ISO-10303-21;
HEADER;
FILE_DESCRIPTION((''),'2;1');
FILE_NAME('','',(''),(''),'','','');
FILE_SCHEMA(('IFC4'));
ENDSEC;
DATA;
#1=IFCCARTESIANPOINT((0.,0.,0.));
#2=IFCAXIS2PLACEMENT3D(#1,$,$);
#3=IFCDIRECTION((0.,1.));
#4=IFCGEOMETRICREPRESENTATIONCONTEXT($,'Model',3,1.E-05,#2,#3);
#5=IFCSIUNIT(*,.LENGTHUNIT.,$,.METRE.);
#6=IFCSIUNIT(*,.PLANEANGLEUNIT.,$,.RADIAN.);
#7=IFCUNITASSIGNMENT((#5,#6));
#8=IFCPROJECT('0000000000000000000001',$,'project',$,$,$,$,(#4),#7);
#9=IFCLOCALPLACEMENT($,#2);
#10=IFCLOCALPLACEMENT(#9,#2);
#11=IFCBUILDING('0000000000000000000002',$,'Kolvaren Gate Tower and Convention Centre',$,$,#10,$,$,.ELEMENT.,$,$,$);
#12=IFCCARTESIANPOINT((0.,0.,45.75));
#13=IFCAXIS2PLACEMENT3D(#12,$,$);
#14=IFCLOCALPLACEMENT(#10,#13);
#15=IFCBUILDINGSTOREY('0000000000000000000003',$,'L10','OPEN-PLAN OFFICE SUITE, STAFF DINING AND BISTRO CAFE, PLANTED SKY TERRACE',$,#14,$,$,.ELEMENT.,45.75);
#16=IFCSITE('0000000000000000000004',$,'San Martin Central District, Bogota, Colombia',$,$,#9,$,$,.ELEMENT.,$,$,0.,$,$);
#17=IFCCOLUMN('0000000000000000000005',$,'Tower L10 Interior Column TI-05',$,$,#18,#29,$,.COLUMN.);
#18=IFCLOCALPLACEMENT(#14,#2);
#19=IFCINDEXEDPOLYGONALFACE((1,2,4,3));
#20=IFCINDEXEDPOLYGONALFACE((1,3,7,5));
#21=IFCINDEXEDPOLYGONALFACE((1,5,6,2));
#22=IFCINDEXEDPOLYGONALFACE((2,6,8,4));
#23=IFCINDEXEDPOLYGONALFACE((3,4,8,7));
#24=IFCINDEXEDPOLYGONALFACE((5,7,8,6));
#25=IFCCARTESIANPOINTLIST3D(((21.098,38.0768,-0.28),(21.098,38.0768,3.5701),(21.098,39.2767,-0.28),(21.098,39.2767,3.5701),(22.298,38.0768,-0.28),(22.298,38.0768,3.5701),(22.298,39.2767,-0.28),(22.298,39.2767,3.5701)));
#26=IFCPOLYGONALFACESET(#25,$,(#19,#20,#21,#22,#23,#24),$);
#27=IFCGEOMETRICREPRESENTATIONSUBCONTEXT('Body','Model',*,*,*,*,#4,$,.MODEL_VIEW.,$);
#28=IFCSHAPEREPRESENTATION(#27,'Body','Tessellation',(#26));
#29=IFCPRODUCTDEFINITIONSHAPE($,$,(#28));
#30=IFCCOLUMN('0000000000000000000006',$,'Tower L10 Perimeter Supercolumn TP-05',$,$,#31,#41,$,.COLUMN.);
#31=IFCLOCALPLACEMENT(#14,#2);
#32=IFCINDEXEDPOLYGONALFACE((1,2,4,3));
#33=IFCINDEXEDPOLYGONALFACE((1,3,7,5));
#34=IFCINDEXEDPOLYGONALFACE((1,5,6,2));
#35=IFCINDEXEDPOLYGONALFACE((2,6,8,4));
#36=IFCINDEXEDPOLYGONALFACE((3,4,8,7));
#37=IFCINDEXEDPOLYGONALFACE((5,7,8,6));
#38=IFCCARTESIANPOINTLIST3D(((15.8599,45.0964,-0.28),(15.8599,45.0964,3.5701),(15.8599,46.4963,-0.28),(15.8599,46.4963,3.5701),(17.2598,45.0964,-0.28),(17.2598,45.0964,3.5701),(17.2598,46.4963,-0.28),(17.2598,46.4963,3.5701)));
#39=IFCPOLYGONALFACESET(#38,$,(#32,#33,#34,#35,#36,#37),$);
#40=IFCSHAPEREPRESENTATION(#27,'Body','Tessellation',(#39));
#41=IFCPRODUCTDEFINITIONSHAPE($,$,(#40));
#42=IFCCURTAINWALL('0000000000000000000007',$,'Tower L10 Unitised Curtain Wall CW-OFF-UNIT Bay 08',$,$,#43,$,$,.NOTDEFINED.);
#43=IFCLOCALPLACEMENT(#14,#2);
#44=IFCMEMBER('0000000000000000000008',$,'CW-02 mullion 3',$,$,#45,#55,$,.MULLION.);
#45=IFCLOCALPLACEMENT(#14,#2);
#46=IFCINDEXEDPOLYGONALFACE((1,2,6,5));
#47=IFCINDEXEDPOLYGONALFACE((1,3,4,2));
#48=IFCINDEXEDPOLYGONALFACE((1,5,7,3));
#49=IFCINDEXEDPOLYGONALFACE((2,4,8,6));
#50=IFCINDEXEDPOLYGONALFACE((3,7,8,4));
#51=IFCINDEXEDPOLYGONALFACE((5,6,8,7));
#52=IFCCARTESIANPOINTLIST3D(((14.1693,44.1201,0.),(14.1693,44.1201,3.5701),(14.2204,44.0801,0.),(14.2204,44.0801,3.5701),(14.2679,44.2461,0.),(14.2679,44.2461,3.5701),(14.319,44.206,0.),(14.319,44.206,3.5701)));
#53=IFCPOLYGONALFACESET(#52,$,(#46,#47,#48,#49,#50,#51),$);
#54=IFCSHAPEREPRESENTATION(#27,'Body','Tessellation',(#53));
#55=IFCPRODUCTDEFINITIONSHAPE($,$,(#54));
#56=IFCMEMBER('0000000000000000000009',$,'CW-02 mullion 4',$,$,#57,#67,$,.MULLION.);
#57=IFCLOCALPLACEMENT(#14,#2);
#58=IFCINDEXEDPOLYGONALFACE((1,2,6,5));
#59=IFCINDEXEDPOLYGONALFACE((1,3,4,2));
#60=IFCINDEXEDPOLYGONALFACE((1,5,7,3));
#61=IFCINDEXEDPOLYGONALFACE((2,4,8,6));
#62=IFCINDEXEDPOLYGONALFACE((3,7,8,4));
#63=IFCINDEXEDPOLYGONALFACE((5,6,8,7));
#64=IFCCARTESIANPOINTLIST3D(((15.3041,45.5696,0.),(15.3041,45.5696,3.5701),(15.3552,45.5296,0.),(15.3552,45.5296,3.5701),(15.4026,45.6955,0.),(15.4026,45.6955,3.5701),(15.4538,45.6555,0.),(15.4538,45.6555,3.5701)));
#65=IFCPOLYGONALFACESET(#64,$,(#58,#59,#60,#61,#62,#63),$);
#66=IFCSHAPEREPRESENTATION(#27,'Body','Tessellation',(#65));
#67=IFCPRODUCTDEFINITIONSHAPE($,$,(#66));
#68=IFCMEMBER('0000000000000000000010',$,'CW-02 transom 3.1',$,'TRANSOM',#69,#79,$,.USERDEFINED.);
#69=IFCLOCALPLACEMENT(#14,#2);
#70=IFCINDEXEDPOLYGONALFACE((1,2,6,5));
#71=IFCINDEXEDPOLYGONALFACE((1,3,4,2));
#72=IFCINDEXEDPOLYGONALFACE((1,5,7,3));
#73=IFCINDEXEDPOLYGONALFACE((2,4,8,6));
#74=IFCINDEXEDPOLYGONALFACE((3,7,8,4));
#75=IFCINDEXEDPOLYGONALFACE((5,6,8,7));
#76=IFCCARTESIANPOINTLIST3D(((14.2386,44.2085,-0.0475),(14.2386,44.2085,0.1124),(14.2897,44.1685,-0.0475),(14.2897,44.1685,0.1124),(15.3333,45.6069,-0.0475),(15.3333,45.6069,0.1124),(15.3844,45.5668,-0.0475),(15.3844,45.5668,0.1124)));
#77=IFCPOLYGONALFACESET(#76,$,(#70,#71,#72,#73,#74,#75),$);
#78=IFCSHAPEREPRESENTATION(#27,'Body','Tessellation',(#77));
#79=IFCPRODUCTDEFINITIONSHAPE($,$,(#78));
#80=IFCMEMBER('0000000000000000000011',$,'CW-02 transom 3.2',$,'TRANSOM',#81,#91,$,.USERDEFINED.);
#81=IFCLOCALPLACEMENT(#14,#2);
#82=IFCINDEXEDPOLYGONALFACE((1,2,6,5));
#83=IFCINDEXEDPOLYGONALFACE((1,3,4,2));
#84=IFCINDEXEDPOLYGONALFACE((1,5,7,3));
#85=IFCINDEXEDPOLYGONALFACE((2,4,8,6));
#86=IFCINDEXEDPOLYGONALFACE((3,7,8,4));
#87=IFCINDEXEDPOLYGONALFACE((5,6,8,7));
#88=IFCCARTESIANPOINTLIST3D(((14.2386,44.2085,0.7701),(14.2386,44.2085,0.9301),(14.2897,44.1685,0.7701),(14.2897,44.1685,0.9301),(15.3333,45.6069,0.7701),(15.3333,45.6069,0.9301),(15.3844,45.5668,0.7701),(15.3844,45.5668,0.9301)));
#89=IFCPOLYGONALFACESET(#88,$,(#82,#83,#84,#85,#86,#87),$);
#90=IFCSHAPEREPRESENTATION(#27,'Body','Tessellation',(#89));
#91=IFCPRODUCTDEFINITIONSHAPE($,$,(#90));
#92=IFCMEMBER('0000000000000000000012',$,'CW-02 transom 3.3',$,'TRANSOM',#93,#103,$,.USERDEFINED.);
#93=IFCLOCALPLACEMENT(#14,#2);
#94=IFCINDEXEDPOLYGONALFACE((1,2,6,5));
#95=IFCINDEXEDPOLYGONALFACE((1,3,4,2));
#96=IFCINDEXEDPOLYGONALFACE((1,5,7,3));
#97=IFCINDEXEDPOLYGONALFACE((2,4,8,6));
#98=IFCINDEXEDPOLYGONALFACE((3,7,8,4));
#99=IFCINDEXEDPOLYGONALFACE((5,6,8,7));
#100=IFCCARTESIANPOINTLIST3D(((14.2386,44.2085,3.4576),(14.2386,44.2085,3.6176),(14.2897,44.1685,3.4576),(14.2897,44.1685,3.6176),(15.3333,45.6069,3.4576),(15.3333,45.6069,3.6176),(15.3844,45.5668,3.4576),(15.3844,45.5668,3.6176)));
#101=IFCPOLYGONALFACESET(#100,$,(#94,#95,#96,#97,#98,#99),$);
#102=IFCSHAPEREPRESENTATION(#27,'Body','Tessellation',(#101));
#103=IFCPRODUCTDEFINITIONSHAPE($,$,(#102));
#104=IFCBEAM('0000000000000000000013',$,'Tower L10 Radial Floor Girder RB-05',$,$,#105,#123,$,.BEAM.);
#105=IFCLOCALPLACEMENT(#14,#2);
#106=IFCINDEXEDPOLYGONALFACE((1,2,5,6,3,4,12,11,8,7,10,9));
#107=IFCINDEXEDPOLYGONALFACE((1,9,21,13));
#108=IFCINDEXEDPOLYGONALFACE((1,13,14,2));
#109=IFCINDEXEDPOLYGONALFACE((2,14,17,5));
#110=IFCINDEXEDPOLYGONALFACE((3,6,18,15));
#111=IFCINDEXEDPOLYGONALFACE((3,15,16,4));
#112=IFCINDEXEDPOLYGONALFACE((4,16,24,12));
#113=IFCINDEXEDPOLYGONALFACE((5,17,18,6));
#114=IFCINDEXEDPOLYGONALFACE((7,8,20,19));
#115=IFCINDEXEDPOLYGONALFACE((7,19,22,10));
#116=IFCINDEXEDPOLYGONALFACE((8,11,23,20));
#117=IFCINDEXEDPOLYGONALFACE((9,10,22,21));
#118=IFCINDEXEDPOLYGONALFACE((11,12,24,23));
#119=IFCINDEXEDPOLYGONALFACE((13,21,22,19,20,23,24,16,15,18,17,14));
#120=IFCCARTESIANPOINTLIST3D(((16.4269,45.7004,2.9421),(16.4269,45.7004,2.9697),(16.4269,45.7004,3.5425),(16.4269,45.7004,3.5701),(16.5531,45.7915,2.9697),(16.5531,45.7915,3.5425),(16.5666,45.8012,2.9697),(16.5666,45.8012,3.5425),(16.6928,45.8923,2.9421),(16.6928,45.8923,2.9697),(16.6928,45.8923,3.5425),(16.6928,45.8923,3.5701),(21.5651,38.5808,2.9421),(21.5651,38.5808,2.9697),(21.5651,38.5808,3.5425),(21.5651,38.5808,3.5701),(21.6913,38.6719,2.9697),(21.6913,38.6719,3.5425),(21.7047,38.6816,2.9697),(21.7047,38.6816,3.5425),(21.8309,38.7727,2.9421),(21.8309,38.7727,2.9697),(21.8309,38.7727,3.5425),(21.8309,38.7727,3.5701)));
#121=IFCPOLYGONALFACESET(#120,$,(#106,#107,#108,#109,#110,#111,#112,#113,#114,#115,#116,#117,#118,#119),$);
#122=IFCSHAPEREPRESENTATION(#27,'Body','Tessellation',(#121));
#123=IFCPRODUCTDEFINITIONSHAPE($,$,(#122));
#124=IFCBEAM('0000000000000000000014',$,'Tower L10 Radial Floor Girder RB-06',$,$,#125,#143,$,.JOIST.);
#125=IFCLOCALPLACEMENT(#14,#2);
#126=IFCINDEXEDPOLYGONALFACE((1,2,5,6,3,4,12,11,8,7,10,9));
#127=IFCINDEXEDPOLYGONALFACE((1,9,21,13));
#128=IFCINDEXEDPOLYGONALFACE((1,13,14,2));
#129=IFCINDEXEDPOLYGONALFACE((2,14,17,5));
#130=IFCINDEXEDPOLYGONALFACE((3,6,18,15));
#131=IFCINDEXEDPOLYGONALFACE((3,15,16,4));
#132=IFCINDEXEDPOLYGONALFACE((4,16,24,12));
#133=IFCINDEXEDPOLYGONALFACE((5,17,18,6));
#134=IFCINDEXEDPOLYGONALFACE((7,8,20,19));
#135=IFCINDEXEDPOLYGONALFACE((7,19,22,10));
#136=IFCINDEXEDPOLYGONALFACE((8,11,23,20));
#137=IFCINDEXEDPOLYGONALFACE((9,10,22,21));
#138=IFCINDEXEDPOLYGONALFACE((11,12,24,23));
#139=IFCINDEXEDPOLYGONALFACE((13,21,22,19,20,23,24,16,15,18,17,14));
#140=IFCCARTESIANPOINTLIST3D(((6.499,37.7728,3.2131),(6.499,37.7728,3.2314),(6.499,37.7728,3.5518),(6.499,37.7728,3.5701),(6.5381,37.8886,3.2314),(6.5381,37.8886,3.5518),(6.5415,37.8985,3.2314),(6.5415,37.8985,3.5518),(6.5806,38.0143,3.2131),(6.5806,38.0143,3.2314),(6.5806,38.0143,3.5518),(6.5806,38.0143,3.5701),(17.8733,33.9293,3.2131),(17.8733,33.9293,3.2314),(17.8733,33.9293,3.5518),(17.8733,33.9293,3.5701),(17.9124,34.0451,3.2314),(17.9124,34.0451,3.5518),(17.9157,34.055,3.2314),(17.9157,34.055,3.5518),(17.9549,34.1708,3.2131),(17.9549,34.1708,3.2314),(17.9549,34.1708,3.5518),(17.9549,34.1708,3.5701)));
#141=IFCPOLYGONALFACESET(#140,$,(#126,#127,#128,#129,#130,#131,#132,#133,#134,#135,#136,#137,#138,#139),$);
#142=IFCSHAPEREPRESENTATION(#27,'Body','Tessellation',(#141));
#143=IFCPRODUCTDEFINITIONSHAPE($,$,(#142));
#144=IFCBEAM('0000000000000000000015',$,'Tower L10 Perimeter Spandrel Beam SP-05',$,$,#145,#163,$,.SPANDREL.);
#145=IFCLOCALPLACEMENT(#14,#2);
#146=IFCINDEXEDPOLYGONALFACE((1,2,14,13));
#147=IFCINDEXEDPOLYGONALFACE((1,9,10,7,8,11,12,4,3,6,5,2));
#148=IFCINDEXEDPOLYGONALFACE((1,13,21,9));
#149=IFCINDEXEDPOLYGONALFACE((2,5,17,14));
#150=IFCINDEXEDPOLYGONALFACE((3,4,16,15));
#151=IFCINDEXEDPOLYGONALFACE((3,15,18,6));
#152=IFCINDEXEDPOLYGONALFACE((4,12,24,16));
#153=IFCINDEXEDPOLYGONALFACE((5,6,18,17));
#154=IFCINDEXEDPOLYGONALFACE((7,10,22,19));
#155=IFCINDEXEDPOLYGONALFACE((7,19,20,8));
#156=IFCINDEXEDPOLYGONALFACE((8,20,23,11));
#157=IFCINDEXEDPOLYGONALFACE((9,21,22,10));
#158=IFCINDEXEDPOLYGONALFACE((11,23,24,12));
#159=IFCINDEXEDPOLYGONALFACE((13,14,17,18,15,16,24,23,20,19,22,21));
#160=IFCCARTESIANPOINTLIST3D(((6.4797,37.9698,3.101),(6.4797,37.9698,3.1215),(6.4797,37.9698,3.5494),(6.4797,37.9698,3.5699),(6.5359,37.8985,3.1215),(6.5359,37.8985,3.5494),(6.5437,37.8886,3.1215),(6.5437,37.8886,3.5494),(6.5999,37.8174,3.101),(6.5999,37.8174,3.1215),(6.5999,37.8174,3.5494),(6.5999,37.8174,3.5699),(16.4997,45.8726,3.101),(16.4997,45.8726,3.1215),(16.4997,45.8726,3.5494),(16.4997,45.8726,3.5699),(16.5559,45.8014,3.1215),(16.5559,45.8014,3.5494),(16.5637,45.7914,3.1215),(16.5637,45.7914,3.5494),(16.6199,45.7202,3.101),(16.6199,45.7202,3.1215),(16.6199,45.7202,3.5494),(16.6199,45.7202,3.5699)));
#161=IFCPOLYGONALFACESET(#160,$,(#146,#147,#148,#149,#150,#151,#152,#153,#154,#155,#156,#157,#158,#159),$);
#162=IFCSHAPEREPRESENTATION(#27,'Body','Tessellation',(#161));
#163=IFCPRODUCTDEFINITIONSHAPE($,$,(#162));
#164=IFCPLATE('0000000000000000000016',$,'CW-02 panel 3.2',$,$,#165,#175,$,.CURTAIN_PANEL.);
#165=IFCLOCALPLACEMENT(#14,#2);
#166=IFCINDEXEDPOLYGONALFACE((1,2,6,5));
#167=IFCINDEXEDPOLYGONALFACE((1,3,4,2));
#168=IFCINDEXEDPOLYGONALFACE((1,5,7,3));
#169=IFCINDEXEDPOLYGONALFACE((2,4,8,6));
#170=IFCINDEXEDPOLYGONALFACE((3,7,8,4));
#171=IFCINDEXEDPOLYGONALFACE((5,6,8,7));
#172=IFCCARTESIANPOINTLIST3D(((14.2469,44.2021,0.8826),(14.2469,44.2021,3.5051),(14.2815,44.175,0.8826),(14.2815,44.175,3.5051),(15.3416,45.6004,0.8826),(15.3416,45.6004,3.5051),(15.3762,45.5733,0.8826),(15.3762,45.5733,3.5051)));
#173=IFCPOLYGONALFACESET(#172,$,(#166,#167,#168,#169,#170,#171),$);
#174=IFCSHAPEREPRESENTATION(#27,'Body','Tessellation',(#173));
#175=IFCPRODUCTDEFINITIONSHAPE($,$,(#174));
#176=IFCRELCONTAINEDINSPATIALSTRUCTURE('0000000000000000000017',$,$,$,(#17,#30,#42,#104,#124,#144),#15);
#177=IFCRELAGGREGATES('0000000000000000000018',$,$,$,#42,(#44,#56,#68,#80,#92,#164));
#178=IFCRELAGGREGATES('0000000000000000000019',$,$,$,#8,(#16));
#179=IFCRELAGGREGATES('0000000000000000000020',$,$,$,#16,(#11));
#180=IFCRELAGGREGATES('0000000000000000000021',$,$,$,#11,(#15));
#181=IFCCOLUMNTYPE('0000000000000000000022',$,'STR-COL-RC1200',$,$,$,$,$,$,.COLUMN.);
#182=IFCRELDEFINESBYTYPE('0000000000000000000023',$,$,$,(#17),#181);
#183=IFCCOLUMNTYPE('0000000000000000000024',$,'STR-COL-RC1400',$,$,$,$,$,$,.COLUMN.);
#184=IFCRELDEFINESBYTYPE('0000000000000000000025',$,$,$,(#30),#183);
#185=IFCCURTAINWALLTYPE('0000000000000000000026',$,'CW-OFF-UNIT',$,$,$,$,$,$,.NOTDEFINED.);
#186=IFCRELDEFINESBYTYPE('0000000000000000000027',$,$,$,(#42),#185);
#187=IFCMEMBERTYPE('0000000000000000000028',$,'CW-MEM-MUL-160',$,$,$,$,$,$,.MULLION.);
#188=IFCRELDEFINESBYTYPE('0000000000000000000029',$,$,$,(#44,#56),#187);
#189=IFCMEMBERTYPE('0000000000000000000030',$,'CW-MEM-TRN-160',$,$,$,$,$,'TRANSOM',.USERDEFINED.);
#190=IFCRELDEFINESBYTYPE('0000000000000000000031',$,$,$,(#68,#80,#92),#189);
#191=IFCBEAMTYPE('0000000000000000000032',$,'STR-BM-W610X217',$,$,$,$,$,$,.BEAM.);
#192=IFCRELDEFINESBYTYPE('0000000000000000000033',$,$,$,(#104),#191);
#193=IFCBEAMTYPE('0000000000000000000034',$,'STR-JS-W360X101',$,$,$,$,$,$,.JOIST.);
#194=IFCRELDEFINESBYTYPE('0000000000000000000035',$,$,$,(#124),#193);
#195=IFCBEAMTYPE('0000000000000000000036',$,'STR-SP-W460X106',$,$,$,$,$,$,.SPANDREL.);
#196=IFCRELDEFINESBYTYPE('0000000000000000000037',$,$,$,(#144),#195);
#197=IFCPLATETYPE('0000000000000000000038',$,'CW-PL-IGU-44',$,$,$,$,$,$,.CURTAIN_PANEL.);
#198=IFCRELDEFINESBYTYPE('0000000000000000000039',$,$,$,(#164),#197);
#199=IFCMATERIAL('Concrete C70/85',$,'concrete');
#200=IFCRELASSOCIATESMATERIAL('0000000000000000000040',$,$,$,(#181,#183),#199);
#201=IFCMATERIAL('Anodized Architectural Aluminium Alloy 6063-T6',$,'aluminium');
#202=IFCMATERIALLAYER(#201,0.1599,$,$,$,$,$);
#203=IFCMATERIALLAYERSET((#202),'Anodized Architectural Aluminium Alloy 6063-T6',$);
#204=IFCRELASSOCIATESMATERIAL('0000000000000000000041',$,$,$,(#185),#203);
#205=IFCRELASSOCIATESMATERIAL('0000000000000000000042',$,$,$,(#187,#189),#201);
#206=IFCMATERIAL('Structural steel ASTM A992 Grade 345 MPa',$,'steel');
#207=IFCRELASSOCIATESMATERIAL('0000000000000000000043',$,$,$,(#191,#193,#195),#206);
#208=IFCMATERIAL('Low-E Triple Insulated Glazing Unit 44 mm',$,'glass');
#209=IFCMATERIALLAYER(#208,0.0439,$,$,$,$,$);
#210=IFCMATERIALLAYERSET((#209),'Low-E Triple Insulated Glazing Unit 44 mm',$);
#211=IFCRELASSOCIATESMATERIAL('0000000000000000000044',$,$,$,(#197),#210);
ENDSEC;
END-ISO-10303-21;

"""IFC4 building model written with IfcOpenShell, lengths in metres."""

from ifc_helpers import new_model, si_unit, direction, frame, origin, origin_2d, place, context, subcontext, project, spatial, rectangle, i_section, extrude, material, layer, layer_set, material_profile, profile_set, type_object, element, aggregate, save


model = new_model("IFC4")

# Units and contexts
model_context = context("Model", 3, precision=1e-05, world=origin(), true_north=direction((0.0, 1.0)))
body_context = subcontext(model_context, "Body", "Model", "MODEL_VIEW")
ifc_project = project(units=[si_unit("LENGTHUNIT", "METRE"), si_unit("PLANEANGLEUNIT", "RADIAN")], contexts=[model_context])

# Site, building, storey
site_placement = place(None, origin())
site = spatial("IfcSite", under=ifc_project, at=site_placement, Name="San Martin Central District, Bogota, Colombia", CompositionType="ELEMENT", RefElevation=0.0)
building_placement = place(site_placement, origin())
building = spatial("IfcBuilding", under=site, at=building_placement, Name="Kolvaren Gate Tower and Convention Centre", CompositionType="ELEMENT")
storey_placement = place(building_placement, frame((0.0, 0.0, 45.75)))
storey = spatial("IfcBuildingStorey", under=building, at=storey_placement, Name="L10", Description="OPEN-PLAN OFFICE SUITE, STAFF DINING AND BISTRO CAFE, PLANTED SKY TERRACE", CompositionType="ELEMENT", Elevation=45.75)

# Columns
ifc_material_1 = material(Name="Concrete C70/85", Category="concrete")
ifc_material_profile_1 = material_profile(ifc_material_1, rectangle(XDim=1.2, YDim=1.2, at=origin_2d()), Name="RC-COL-1200X1200")
ifc_profile_set_1 = profile_set([ifc_material_profile_1], Name="Concrete C70/85")
column_type_1 = type_object("IfcColumnType", Name="STR-COL-RC1200", PredefinedType="COLUMN", material=ifc_profile_set_1)
column_1_placement = place(storey_placement, frame((21.698, 38.6768, -0.28), z_axis=(0.0, 0.0, 1.0), x_axis=(1.0, 0.0, 0.0)))
element("IfcColumn", 1, at=column_1_placement, inside=storey, type_object=column_type_1, Name="Tower L10 Interior Column TI-05", PredefinedType="COLUMN", context=body_context, shape_type="SweptSolid", body=[
    extrude(rectangle(XDim=1.2, YDim=1.2, at=origin_2d()), origin(), (0.0, 0.0, 1.0), 3.8501),
])
ifc_material_profile_2 = material_profile(ifc_material_1, rectangle(XDim=1.3999, YDim=1.3999, at=origin_2d()), Name="RC-COL-1400X1400")
ifc_profile_set_2 = profile_set([ifc_material_profile_2], Name="Concrete C70/85")
column_type_2 = type_object("IfcColumnType", Name="STR-COL-RC1400", PredefinedType="COLUMN", material=ifc_profile_set_2)
column_2_placement = place(storey_placement, frame((16.5598, 45.7964, -0.28), z_axis=(0.0, 0.0, 1.0), x_axis=(1.0, 0.0, 0.0)))
element("IfcColumn", 2, at=column_2_placement, inside=storey, type_object=column_type_2, Name="Tower L10 Perimeter Supercolumn TP-05", PredefinedType="COLUMN", context=body_context, shape_type="SweptSolid", body=[
    extrude(rectangle(XDim=1.3999, YDim=1.3999, at=origin_2d()), origin(), (0.0, 0.0, 1.0), 3.8501),
])

# Curtain wall, members
ifc_material_2 = material(Name="Anodized Architectural Aluminium Alloy 6063-T6", Category="aluminium")
ifc_layer_1 = layer(ifc_material_2, 0.1599)
ifc_layer_set_1 = layer_set([ifc_layer_1], Name="Anodized Architectural Aluminium Alloy 6063-T6")
curtain_wall_type = type_object("IfcCurtainWallType", Name="CW-OFF-UNIT", PredefinedType="NOTDEFINED", material=ifc_layer_set_1)
curtain_wall_placement = place(storey_placement, origin())
curtain_wall = element("IfcCurtainWall", 3, at=curtain_wall_placement, inside=storey, type_object=curtain_wall_type, Name="Tower L10 Unitised Curtain Wall CW-OFF-UNIT Bay 08", PredefinedType="NOTDEFINED")
ifc_material_profile_3 = material_profile(ifc_material_2, rectangle(XDim=0.0649, YDim=0.1599, at=origin_2d()), Name="CW-MEM-MUL-160")
ifc_profile_set_3 = profile_set([ifc_material_profile_3], Name="Anodized Architectural Aluminium Alloy 6063-T6")
member_type_1 = type_object("IfcMemberType", Name="CW-MEM-MUL-160", PredefinedType="MULLION", material=ifc_profile_set_3)
member_1_placement = place(storey_placement, frame((14.2441, 44.1631, 0.0), z_axis=(0.0, 0.0, 1.0), x_axis=(-0.787417, 0.616421, 0.0)))
member_1 = element("IfcMember", 4, at=member_1_placement, type_object=member_type_1, Name="CW-02 mullion 3", PredefinedType="MULLION", context=body_context, shape_type="SweptSolid", body=[
    extrude(rectangle(XDim=0.0649, YDim=0.1599, at=origin_2d()), origin(), (0.0, 0.0, 1.0), 3.5701),
])
member_2_placement = place(storey_placement, frame((15.3789, 45.6125, 0.0), z_axis=(0.0, 0.0, 1.0), x_axis=(-0.787417, 0.616421, 0.0)))
member_2 = element("IfcMember", 5, at=member_2_placement, type_object=member_type_1, Name="CW-02 mullion 4", PredefinedType="MULLION", context=body_context, shape_type="SweptSolid", body=[
    extrude(rectangle(XDim=0.0649, YDim=0.1599, at=origin_2d()), origin(), (0.0, 0.0, 1.0), 3.5701),
])
ifc_material_profile_4 = material_profile(ifc_material_2, rectangle(XDim=0.0649, YDim=0.1599, at=origin_2d()), Name="CW-MEM-TRN-160")
ifc_profile_set_4 = profile_set([ifc_material_profile_4], Name="Anodized Architectural Aluminium Alloy 6063-T6")
member_type_2 = type_object("IfcMemberType", Name="CW-MEM-TRN-160", ElementType="TRANSOM", PredefinedType="USERDEFINED", material=ifc_profile_set_4)
member_3_placement = place(storey_placement, frame((14.2642, 44.1885, 0.0325), z_axis=(0.616412, 0.787424, 0.0), x_axis=(-0.787424, 0.616412, 0.0)))
member_3 = element("IfcMember", 6, at=member_3_placement, type_object=member_type_2, Name="CW-02 transom 3.1", ObjectType="TRANSOM", PredefinedType="USERDEFINED", context=body_context, shape_type="SweptSolid", body=[
    extrude(rectangle(XDim=0.0649, YDim=0.1599, at=origin_2d()), origin(), (0.0, 0.0, 1.0), 1.7759),
])
member_4_placement = place(storey_placement, frame((14.2642, 44.1885, 0.8501), z_axis=(0.616412, 0.787424, 0.0), x_axis=(-0.787424, 0.616412, 0.0)))
member_4 = element("IfcMember", 7, at=member_4_placement, type_object=member_type_2, Name="CW-02 transom 3.2", ObjectType="TRANSOM", PredefinedType="USERDEFINED", context=body_context, shape_type="SweptSolid", body=[
    extrude(rectangle(XDim=0.0649, YDim=0.1599, at=origin_2d()), origin(), (0.0, 0.0, 1.0), 1.7759),
])
member_5_placement = place(storey_placement, frame((14.2642, 44.1885, 3.5376), z_axis=(0.616412, 0.787424, 0.0), x_axis=(-0.787424, 0.616412, 0.0)))
member_5 = element("IfcMember", 8, at=member_5_placement, type_object=member_type_2, Name="CW-02 transom 3.3", ObjectType="TRANSOM", PredefinedType="USERDEFINED", context=body_context, shape_type="SweptSolid", body=[
    extrude(rectangle(XDim=0.0649, YDim=0.1599, at=origin_2d()), origin(), (0.0, 0.0, 1.0), 1.7759),
])

# Beams
ifc_material_3 = material(Name="Structural steel ASTM A992 Grade 345 MPa", Category="steel")
ifc_material_profile_5 = material_profile(ifc_material_3, i_section(OverallWidth=0.3279, OverallDepth=0.6279, WebThickness=0.0166, FlangeThickness=0.0276, at=origin_2d()), Name="W610X217")
ifc_profile_set_5 = profile_set([ifc_material_profile_5], Name="Structural steel ASTM A992 Grade 345 MPa")
beam_type_1 = type_object("IfcBeamType", Name="STR-BM-W610X217", PredefinedType="BEAM", material=ifc_profile_set_5)
beam_1_placement = place(storey_placement, frame((21.698, 38.6768, 3.2561), z_axis=(-0.585208, 0.810883, 0.0), x_axis=(-0.810883, -0.585208, 0.0)))
element("IfcBeam", 9, at=beam_1_placement, inside=storey, type_object=beam_type_1, Name="Tower L10 Radial Floor Girder RB-05", PredefinedType="BEAM", context=body_context, shape_type="SweptSolid", body=[
    extrude(i_section(OverallWidth=0.3279, OverallDepth=0.6279, WebThickness=0.0166, FlangeThickness=0.0276, at=origin_2d()), origin(), (0.0, 0.0, 1.0), 8.78),
])
ifc_material_profile_6 = material_profile(ifc_material_3, i_section(OverallWidth=0.2549, OverallDepth=0.3569, WebThickness=0.0105, FlangeThickness=0.0183, at=origin_2d()), Name="W360X101")
ifc_profile_set_6 = profile_set([ifc_material_profile_6], Name="Structural steel ASTM A992 Grade 345 MPa")
beam_type_2 = type_object("IfcBeamType", Name="STR-JS-W360X101", PredefinedType="JOIST", material=ifc_profile_set_6)
beam_2_placement = place(storey_placement, frame((17.9141, 34.05, 3.3916), z_axis=(-0.947374, 0.320129, 0.0), x_axis=(-0.320129, -0.947374, 0.0)))
element("IfcBeam", 10, at=beam_2_placement, inside=storey, type_object=beam_type_2, Name="Tower L10 Radial Floor Girder RB-06", PredefinedType="JOIST", context=body_context, shape_type="SweptSolid", body=[
    extrude(i_section(OverallWidth=0.2549, OverallDepth=0.3569, WebThickness=0.0105, FlangeThickness=0.0183, at=origin_2d()), origin(), (0.0, 0.0, 1.0), 12.0061),
])
ifc_material_profile_7 = material_profile(ifc_material_3, i_section(OverallWidth=0.1941, OverallDepth=0.469, WebThickness=0.0127, FlangeThickness=0.0205, at=origin_2d()), Name="W460X106")
ifc_profile_set_7 = profile_set([ifc_material_profile_7], Name="Structural steel ASTM A992 Grade 345 MPa")
beam_type_3 = type_object("IfcBeamType", Name="STR-SP-W460X106", PredefinedType="SPANDREL", material=ifc_profile_set_7)
beam_3_placement = place(storey_placement, frame((16.5598, 45.7964, 3.3354), z_axis=(-0.785176, -0.619272, 0.0), x_axis=(0.619272, -0.785176, 0.0)))
element("IfcBeam", 11, at=beam_3_placement, inside=storey, type_object=beam_type_3, Name="Tower L10 Perimeter Spandrel Beam SP-05", PredefinedType="SPANDREL", context=body_context, shape_type="SweptSolid", body=[
    extrude(i_section(OverallWidth=0.1941, OverallDepth=0.469, WebThickness=0.0127, FlangeThickness=0.0205, at=origin_2d()), origin(), (0.0, 0.0, 1.0), 12.7615),
])

# Plate
ifc_material_4 = material(Name="Low-E Triple Insulated Glazing Unit 44 mm", Category="glass")
ifc_layer_2 = layer(ifc_material_4, 0.0439)
ifc_layer_set_2 = layer_set([ifc_layer_2], Name="Low-E Triple Insulated Glazing Unit 44 mm")
plate_type_1 = type_object("IfcPlateType", Name="CW-PL-IGU-44", PredefinedType="CURTAIN_PANEL", material=ifc_layer_set_2)
plate_1_placement = place(storey_placement, frame((14.8115, 44.8877, 0.8826), z_axis=(0.0, 0.0, 1.0), x_axis=(0.616421, 0.787417, 0.0)))
plate_1 = element("IfcPlate", 12, at=plate_1_placement, type_object=plate_type_1, Name="CW-02 panel 3.2", PredefinedType="CURTAIN_PANEL", context=body_context, shape_type="SweptSolid", body=[
    extrude(rectangle(XDim=1.7759, YDim=0.0439, at=origin_2d()), origin(), (0.0, 0.0, 1.0), 2.6226),
])
aggregate(curtain_wall, [member_1, member_2, member_3, member_4, member_5, plate_1])

save(model, "model.ifc")
